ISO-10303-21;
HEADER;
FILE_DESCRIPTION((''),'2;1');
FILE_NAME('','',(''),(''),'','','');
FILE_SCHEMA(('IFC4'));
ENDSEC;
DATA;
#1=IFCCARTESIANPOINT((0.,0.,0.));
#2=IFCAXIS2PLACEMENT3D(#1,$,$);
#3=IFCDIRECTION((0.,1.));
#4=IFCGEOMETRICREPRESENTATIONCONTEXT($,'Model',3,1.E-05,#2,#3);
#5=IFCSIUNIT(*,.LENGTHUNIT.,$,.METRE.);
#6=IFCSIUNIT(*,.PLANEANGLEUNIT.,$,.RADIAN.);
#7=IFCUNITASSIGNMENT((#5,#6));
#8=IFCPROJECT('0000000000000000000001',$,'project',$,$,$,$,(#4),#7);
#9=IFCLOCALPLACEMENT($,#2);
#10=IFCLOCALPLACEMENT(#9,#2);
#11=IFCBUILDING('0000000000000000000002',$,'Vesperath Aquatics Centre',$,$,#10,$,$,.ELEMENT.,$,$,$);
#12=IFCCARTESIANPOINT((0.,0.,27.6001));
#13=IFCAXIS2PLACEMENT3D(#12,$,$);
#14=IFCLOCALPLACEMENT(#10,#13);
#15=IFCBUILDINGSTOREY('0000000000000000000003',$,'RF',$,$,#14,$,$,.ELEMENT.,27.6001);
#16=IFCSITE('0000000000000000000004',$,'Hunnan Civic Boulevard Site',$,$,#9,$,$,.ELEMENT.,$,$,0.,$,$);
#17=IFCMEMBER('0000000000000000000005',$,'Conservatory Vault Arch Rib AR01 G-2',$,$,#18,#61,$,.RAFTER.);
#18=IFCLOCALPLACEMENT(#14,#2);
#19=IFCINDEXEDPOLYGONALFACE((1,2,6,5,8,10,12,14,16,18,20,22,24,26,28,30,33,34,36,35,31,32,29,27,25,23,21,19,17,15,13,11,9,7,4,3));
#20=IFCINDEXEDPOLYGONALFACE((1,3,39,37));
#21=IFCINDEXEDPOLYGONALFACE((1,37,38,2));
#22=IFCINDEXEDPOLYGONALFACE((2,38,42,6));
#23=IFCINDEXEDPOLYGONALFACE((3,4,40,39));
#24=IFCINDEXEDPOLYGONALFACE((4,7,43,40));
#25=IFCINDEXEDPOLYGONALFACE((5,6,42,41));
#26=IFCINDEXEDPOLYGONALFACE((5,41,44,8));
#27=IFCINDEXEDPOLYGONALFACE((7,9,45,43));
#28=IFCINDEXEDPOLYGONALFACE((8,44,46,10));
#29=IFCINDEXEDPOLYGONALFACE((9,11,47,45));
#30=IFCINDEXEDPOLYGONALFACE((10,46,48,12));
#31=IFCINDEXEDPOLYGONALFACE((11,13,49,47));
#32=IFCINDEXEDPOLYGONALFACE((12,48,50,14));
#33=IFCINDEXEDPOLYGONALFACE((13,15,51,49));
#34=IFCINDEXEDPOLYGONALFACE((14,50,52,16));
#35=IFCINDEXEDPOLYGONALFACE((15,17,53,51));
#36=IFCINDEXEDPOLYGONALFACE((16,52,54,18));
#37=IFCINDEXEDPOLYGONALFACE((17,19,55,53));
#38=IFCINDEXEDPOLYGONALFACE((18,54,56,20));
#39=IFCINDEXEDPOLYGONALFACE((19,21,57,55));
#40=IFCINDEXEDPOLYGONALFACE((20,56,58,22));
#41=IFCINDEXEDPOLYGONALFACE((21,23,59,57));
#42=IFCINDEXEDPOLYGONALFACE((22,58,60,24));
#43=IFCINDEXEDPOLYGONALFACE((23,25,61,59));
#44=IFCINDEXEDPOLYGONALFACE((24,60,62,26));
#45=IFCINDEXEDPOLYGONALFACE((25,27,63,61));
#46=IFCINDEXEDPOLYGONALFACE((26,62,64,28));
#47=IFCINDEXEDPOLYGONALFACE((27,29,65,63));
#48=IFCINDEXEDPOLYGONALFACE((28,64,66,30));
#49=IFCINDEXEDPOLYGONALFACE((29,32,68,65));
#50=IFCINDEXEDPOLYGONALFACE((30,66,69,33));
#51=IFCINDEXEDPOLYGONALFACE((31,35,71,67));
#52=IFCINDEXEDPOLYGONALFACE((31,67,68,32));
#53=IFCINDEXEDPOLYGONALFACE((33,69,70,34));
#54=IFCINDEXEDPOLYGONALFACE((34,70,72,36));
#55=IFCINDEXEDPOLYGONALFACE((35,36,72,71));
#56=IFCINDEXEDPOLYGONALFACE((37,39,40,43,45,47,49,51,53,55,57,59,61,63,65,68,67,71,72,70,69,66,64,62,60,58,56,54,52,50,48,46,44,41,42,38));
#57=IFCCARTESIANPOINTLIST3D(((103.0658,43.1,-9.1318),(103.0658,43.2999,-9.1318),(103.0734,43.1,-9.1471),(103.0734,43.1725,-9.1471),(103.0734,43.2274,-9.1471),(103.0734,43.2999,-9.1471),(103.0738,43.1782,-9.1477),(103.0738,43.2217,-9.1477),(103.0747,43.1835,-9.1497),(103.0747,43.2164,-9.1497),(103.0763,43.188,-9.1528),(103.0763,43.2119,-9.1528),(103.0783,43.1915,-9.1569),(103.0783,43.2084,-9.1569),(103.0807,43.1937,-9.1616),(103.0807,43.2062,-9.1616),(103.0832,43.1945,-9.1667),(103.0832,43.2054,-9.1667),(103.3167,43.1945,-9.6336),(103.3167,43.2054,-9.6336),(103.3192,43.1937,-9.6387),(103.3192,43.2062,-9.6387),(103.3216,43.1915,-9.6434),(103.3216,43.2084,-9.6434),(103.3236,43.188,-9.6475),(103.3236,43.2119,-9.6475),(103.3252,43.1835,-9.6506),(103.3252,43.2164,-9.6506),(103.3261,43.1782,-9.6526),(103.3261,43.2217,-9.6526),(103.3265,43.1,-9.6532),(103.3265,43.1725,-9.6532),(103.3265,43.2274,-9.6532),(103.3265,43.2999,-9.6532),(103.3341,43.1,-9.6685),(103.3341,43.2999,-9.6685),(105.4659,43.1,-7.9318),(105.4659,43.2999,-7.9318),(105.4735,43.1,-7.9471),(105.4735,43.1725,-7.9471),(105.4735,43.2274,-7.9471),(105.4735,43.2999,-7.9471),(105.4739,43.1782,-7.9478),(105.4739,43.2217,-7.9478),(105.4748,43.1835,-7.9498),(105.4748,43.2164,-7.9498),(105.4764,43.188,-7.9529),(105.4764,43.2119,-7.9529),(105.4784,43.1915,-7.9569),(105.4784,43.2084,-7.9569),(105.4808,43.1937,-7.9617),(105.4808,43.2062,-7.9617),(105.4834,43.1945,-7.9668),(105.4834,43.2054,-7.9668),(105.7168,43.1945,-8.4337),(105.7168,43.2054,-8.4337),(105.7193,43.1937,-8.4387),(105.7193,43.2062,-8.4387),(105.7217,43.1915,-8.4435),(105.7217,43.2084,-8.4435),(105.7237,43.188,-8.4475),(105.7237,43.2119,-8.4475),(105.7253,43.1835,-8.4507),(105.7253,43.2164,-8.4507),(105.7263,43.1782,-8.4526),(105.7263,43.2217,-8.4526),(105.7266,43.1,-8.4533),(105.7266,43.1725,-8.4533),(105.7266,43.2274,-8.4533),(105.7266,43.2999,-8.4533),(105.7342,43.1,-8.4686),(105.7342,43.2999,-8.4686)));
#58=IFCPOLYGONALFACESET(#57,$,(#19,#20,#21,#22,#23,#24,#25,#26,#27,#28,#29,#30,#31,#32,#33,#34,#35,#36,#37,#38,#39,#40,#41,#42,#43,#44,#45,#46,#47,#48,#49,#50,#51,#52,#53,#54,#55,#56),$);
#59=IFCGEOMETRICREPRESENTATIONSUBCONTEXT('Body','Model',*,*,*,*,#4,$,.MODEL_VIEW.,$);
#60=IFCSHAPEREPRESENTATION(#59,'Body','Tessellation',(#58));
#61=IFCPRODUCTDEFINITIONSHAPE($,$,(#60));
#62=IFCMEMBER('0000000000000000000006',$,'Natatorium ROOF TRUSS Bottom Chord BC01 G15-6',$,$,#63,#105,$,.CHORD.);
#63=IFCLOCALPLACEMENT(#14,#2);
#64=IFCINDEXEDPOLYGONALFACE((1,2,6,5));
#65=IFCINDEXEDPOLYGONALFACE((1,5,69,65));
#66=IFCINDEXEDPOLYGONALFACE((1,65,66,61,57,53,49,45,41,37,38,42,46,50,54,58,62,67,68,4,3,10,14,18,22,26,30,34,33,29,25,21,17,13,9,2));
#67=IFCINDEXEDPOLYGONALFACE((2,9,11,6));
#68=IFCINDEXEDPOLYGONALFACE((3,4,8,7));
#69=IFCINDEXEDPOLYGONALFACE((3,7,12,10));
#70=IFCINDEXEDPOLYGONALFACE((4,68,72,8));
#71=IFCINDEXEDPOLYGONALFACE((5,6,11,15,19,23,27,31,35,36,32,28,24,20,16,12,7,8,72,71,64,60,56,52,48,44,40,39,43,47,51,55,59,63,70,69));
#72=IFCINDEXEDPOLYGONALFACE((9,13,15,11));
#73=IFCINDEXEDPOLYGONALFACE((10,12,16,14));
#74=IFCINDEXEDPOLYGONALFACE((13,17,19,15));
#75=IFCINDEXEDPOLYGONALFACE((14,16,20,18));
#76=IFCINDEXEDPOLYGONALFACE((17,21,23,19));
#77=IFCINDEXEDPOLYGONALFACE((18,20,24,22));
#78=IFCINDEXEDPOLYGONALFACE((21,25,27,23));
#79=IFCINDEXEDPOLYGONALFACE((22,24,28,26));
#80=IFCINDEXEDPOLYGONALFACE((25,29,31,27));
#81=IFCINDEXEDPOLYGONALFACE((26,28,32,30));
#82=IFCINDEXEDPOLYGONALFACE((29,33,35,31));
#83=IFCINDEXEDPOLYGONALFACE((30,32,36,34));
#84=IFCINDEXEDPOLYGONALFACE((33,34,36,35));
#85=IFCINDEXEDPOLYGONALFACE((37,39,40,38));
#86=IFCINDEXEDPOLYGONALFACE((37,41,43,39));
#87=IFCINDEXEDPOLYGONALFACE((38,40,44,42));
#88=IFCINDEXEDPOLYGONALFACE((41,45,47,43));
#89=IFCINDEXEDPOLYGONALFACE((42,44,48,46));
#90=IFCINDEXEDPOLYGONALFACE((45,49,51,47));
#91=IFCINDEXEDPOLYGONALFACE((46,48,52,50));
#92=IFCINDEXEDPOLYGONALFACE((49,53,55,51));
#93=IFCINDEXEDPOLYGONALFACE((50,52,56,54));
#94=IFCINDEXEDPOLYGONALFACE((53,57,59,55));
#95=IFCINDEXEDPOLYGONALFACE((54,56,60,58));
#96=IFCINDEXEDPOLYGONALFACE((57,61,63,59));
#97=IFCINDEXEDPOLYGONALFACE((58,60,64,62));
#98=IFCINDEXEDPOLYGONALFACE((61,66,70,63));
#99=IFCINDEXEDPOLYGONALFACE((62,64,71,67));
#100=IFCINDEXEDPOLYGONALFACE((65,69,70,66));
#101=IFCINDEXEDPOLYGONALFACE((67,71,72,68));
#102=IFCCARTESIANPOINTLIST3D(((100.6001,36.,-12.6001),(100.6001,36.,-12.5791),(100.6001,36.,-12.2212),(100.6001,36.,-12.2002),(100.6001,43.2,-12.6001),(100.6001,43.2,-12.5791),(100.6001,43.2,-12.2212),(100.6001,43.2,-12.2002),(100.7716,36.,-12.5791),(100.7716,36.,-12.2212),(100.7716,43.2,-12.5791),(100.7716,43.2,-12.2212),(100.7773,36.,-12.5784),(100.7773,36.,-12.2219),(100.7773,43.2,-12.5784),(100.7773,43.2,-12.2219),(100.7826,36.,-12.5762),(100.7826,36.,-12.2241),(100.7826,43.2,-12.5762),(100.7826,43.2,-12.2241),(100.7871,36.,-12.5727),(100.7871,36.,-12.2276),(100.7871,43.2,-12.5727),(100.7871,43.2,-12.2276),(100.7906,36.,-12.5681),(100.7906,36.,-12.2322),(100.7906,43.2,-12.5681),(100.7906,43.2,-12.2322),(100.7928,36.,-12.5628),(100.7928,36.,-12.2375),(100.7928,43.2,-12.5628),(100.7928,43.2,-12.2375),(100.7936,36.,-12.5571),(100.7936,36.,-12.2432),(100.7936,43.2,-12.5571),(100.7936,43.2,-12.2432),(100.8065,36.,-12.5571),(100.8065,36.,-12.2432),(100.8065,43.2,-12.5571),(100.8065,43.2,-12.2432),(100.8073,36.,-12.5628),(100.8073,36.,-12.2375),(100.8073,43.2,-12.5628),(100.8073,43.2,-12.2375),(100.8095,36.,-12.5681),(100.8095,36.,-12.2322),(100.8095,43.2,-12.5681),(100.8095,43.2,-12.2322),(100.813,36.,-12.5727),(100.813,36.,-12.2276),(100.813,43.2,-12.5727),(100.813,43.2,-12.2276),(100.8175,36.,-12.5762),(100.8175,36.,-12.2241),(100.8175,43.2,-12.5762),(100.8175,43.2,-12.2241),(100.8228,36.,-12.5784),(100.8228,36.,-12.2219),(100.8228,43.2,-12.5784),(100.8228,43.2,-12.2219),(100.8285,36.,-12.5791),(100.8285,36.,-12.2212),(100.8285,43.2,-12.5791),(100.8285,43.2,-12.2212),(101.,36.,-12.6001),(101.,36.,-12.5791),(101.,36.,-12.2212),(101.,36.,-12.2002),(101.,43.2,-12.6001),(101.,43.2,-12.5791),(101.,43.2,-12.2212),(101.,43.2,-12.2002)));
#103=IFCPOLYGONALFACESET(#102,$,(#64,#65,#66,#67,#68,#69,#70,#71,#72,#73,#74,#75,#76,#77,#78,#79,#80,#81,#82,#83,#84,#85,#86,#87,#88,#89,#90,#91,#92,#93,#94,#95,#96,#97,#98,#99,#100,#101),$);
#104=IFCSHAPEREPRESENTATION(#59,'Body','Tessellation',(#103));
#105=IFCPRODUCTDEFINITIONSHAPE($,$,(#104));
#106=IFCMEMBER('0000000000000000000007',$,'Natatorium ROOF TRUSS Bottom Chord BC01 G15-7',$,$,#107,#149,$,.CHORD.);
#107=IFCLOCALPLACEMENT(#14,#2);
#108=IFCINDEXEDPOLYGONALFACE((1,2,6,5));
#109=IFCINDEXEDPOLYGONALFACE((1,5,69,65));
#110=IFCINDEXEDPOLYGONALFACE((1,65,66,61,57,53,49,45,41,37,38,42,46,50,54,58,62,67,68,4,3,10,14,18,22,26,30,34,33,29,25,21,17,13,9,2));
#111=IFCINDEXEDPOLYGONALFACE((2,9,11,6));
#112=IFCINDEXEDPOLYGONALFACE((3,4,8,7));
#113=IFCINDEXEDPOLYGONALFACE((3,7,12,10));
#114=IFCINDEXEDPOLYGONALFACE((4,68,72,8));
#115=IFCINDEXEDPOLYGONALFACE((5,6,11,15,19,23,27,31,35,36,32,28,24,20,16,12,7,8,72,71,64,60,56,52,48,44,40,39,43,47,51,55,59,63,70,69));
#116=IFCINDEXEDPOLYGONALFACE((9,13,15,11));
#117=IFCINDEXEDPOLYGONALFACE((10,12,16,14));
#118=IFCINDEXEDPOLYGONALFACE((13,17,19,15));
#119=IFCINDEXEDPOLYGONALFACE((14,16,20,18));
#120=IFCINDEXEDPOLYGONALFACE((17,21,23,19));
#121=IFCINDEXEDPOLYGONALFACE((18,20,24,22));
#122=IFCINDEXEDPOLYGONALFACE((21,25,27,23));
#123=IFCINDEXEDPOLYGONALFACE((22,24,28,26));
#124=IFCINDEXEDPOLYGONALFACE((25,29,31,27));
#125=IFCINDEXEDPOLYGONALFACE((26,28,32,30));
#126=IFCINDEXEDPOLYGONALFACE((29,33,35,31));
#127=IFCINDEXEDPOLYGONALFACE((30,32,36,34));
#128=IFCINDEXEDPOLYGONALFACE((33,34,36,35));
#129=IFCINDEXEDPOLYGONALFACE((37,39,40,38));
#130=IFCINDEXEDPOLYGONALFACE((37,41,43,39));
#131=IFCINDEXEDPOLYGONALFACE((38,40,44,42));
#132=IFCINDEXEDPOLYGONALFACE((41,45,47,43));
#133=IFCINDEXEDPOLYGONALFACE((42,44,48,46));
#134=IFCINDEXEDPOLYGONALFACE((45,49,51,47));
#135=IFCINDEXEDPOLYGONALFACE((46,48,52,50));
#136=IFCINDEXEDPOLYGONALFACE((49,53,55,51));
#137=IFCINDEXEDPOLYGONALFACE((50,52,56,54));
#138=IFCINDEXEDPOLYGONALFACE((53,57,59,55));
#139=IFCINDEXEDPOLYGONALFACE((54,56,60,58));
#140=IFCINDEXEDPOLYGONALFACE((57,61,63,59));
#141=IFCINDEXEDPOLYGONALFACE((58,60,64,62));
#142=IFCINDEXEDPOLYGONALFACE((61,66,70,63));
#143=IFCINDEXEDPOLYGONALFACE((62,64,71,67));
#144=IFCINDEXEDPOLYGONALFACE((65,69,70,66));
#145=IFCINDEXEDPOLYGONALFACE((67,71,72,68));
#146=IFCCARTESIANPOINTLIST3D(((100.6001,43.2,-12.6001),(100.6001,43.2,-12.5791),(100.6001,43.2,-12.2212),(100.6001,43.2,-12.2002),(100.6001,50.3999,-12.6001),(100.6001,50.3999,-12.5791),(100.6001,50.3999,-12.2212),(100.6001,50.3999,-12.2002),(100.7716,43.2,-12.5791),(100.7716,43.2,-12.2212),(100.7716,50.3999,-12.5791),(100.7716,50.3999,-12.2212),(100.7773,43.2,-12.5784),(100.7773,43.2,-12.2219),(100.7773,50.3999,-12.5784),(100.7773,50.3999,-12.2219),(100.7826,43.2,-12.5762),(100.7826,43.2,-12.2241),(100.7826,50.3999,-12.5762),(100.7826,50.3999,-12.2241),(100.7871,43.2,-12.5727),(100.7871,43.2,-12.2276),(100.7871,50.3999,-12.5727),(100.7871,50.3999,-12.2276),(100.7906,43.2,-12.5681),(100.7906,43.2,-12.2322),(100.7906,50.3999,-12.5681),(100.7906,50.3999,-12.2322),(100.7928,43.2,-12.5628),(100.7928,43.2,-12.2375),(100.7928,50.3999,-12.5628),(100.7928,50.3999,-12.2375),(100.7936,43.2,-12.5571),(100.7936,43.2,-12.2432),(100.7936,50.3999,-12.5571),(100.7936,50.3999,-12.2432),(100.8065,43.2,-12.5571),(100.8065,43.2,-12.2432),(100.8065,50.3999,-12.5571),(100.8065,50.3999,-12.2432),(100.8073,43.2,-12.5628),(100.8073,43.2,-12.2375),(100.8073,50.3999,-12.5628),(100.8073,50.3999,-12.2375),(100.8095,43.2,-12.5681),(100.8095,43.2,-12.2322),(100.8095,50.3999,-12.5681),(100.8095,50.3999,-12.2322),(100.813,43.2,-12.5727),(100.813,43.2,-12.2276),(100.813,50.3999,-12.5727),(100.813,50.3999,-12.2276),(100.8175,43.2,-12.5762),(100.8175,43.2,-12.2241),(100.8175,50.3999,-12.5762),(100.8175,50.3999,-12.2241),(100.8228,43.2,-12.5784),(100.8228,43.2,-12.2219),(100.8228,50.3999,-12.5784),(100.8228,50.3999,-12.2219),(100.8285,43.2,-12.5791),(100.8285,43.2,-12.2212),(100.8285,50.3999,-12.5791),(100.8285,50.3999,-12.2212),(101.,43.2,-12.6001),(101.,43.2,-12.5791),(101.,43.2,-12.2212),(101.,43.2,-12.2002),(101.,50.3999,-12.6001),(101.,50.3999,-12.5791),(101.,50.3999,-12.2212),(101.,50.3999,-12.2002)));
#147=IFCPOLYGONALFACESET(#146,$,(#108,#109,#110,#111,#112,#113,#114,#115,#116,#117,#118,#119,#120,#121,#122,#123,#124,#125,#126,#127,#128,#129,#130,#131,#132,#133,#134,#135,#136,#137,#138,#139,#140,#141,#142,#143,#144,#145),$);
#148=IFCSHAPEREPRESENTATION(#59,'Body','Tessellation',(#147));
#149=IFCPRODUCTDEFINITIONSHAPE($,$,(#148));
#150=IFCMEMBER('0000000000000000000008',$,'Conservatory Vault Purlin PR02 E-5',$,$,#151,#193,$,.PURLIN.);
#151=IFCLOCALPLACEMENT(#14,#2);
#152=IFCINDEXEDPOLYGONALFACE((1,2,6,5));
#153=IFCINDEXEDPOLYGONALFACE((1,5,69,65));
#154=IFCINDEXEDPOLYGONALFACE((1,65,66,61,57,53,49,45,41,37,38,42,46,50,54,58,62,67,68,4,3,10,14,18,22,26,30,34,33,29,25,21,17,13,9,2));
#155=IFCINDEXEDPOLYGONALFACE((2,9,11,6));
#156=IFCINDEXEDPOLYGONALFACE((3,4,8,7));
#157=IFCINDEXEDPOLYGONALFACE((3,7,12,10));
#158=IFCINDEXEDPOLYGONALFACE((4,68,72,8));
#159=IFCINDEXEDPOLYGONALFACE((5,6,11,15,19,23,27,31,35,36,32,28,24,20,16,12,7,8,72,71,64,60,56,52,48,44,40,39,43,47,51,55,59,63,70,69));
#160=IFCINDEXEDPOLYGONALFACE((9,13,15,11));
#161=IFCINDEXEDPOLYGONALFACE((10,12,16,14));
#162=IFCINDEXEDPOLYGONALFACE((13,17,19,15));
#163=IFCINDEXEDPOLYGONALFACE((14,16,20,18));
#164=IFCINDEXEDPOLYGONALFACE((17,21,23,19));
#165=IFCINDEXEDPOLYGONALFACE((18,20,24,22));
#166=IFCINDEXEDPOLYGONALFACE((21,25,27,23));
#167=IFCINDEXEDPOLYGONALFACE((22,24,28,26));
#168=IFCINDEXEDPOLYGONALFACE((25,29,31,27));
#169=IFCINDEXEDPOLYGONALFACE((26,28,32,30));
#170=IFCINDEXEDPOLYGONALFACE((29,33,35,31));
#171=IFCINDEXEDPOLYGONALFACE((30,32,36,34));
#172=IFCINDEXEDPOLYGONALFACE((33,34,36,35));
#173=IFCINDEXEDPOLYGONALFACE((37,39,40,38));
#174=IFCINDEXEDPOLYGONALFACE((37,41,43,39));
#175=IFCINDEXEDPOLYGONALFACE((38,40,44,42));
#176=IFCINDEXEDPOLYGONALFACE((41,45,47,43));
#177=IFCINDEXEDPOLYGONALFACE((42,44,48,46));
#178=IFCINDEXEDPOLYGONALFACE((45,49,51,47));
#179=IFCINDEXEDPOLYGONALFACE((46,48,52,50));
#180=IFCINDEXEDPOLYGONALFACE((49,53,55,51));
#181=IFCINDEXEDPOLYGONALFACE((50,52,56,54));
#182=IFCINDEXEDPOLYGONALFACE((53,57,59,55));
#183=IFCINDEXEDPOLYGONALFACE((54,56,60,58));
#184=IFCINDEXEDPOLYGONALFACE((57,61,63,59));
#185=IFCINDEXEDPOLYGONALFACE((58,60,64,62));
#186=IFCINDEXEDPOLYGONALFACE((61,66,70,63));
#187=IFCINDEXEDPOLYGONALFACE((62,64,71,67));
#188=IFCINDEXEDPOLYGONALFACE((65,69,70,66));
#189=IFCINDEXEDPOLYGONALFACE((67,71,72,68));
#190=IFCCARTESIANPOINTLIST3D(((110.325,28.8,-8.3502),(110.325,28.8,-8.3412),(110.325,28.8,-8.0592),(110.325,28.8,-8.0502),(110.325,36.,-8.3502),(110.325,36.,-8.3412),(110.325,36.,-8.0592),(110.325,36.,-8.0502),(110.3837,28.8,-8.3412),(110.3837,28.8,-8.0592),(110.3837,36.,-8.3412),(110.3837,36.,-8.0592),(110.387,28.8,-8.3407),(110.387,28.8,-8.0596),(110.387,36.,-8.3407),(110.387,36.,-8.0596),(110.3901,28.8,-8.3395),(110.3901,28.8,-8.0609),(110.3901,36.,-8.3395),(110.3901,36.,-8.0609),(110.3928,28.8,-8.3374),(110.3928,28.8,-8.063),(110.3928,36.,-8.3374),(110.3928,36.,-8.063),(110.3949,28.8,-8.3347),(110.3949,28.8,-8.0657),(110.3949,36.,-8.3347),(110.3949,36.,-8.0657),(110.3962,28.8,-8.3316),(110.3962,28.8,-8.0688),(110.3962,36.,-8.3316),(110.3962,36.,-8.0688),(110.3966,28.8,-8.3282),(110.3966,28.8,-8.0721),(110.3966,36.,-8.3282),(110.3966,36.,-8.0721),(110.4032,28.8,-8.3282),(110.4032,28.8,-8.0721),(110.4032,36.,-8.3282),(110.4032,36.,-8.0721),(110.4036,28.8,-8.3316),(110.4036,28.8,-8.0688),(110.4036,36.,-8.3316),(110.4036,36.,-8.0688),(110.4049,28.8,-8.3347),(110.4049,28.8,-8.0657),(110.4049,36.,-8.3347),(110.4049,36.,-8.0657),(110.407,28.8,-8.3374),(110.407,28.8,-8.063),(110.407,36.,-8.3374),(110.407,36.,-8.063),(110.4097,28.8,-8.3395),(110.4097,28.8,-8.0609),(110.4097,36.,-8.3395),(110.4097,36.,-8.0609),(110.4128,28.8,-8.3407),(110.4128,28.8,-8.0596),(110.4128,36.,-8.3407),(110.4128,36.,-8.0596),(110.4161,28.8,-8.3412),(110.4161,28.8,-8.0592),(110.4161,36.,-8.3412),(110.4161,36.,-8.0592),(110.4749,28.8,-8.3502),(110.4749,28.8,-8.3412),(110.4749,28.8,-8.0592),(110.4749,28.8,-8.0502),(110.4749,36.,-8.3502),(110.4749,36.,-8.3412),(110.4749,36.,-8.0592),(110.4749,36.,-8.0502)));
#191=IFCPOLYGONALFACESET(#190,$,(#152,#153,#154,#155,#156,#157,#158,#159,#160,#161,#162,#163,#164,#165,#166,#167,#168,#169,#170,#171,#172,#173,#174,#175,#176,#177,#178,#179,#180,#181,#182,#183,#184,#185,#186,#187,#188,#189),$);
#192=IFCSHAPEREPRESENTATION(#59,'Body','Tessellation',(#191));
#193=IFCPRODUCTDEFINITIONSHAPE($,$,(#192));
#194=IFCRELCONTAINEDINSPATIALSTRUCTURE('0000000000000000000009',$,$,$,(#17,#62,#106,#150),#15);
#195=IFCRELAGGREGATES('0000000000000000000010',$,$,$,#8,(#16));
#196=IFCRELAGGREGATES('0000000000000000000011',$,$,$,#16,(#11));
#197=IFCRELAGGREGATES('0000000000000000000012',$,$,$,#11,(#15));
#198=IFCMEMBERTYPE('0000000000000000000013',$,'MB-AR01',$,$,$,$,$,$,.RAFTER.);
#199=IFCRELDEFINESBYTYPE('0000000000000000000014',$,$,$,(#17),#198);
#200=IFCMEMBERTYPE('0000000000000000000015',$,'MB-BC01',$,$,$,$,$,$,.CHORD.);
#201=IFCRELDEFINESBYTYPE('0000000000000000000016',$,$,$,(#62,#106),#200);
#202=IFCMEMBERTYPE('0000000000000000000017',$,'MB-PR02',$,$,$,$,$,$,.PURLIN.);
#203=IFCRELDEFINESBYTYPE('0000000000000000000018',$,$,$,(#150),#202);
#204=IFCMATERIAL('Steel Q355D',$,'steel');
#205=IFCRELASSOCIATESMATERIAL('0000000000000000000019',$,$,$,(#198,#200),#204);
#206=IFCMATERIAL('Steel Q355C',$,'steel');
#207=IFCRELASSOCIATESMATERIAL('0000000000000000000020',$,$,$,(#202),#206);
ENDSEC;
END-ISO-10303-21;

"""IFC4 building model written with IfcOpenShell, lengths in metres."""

from ifc_helpers import new_model, si_unit, direction, frame, origin, origin_2d, place, context, subcontext, project, spatial, i_section, extrude, material, material_profile, profile_set, type_object, element, save


model = new_model("IFC4")

# Units and contexts
model_context = context("Model", 3, precision=1e-05, world=origin(), true_north=direction((0.0, 1.0)))
body_context = subcontext(model_context, "Body", "Model", "MODEL_VIEW")
ifc_project = project(units=[si_unit("LENGTHUNIT", "METRE"), si_unit("PLANEANGLEUNIT", "RADIAN")], contexts=[model_context])

# Site, building, storey
site_placement = place(None, origin())
site = spatial("IfcSite", under=ifc_project, at=site_placement, Name="Hunnan Civic Boulevard Site", CompositionType="ELEMENT", RefElevation=0.0)
building_placement = place(site_placement, origin())
building = spatial("IfcBuilding", under=site, at=building_placement, Name="Vesperath Aquatics Centre", CompositionType="ELEMENT")
storey_placement = place(building_placement, frame((0.0, 0.0, 27.6001)))
storey = spatial("IfcBuildingStorey", under=building, at=storey_placement, Name="RF", CompositionType="ELEMENT", Elevation=27.6001)

# Shared definitions
ifc_material_1 = material(Name="Steel Q355D", Category="steel")

# Members
ifc_material_profile_1 = material_profile(ifc_material_1, i_section(OverallWidth=0.2, OverallDepth=0.6001, WebThickness=0.011, FlangeThickness=0.0171, FilletRadius=0.022, at=origin_2d()), Name="HN 600x200x11x17")
ifc_profile_set_1 = profile_set([ifc_material_profile_1], Name="Steel Q355D")
member_type_1 = type_object("IfcMemberType", Name="MB-AR01", PredefinedType="RAFTER", material=ifc_profile_set_1)
member_1_placement = place(storey_placement, frame((103.2, 43.2, -9.4001), z_axis=(0.894445, 0.0, 0.447177), x_axis=(0.0, 1.0, 0.0)))
element("IfcMember", 1, at=member_1_placement, inside=storey, type_object=member_type_1, Name="Conservatory Vault Arch Rib AR01 G-2", PredefinedType="RAFTER", context=body_context, shape_type="SweptSolid", body=[
    extrude(i_section(OverallWidth=0.2, OverallDepth=0.6001, WebThickness=0.011, FlangeThickness=0.0171, FilletRadius=0.022, at=origin_2d()), origin(), (0.0, 0.0, 1.0), 2.6833),
])
ifc_material_profile_2 = material_profile(ifc_material_1, i_section(OverallWidth=0.3999, OverallDepth=0.3999, WebThickness=0.0129, FlangeThickness=0.021, FilletRadius=0.022, at=origin_2d()), Name="HW 400x400x13x21")
ifc_profile_set_2 = profile_set([ifc_material_profile_2], Name="Steel Q355D")
member_type_2 = type_object("IfcMemberType", Name="MB-BC01", PredefinedType="CHORD", material=ifc_profile_set_2)
for number, where, z_axis, x_axis, name in (
    (2, (100.8, 36.0, -12.4001), (0.0, 1.0, 0.0), (-1.0, 0.0, 0.0), "Natatorium ROOF TRUSS Bottom Chord BC01 G15-6"),
    (3, (100.8, 43.2, -12.4001), (0.0, 1.0, 0.0), (-1.0, 0.0, 0.0), "Natatorium ROOF TRUSS Bottom Chord BC01 G15-7"),
):
    element("IfcMember", number, at=place(storey_placement, frame(where, z_axis=z_axis, x_axis=x_axis)), inside=storey, type_object=member_type_2, Name=name, PredefinedType="CHORD", context=body_context, shape_type="SweptSolid", body=[
        extrude(i_section(OverallWidth=0.3999, OverallDepth=0.3999, WebThickness=0.0129, FlangeThickness=0.021, FilletRadius=0.022, at=origin_2d()), origin(), (0.0, 0.0, 1.0), 7.2),
    ])
ifc_material_2 = material(Name="Steel Q355C", Category="steel")
ifc_material_profile_3 = material_profile(ifc_material_2, i_section(OverallWidth=0.1499, OverallDepth=0.3, WebThickness=0.0066, FlangeThickness=0.009, FilletRadius=0.0129, at=origin_2d()), Name="HN 300x150x6.5x9")
ifc_profile_set_3 = profile_set([ifc_material_profile_3], Name="Steel Q355C")
member_type_3 = type_object("IfcMemberType", Name="MB-PR02", PredefinedType="PURLIN", material=ifc_profile_set_3)
for number, where, z_axis, x_axis, name in (
    (4, (110.3999, 28.8, -8.2002), (0.0, 1.0, 0.0), (-1.0, 0.0, 0.0), "Conservatory Vault Purlin PR02 E-5"),
):
    element("IfcMember", number, at=place(storey_placement, frame(where, z_axis=z_axis, x_axis=x_axis)), inside=storey, type_object=member_type_3, Name=name, PredefinedType="PURLIN", context=body_context, shape_type="SweptSolid", body=[
        extrude(i_section(OverallWidth=0.1499, OverallDepth=0.3, WebThickness=0.0066, FlangeThickness=0.009, FilletRadius=0.0129, at=origin_2d()), origin(), (0.0, 0.0, 1.0), 7.2),
    ])

save(model, "model.ifc")
